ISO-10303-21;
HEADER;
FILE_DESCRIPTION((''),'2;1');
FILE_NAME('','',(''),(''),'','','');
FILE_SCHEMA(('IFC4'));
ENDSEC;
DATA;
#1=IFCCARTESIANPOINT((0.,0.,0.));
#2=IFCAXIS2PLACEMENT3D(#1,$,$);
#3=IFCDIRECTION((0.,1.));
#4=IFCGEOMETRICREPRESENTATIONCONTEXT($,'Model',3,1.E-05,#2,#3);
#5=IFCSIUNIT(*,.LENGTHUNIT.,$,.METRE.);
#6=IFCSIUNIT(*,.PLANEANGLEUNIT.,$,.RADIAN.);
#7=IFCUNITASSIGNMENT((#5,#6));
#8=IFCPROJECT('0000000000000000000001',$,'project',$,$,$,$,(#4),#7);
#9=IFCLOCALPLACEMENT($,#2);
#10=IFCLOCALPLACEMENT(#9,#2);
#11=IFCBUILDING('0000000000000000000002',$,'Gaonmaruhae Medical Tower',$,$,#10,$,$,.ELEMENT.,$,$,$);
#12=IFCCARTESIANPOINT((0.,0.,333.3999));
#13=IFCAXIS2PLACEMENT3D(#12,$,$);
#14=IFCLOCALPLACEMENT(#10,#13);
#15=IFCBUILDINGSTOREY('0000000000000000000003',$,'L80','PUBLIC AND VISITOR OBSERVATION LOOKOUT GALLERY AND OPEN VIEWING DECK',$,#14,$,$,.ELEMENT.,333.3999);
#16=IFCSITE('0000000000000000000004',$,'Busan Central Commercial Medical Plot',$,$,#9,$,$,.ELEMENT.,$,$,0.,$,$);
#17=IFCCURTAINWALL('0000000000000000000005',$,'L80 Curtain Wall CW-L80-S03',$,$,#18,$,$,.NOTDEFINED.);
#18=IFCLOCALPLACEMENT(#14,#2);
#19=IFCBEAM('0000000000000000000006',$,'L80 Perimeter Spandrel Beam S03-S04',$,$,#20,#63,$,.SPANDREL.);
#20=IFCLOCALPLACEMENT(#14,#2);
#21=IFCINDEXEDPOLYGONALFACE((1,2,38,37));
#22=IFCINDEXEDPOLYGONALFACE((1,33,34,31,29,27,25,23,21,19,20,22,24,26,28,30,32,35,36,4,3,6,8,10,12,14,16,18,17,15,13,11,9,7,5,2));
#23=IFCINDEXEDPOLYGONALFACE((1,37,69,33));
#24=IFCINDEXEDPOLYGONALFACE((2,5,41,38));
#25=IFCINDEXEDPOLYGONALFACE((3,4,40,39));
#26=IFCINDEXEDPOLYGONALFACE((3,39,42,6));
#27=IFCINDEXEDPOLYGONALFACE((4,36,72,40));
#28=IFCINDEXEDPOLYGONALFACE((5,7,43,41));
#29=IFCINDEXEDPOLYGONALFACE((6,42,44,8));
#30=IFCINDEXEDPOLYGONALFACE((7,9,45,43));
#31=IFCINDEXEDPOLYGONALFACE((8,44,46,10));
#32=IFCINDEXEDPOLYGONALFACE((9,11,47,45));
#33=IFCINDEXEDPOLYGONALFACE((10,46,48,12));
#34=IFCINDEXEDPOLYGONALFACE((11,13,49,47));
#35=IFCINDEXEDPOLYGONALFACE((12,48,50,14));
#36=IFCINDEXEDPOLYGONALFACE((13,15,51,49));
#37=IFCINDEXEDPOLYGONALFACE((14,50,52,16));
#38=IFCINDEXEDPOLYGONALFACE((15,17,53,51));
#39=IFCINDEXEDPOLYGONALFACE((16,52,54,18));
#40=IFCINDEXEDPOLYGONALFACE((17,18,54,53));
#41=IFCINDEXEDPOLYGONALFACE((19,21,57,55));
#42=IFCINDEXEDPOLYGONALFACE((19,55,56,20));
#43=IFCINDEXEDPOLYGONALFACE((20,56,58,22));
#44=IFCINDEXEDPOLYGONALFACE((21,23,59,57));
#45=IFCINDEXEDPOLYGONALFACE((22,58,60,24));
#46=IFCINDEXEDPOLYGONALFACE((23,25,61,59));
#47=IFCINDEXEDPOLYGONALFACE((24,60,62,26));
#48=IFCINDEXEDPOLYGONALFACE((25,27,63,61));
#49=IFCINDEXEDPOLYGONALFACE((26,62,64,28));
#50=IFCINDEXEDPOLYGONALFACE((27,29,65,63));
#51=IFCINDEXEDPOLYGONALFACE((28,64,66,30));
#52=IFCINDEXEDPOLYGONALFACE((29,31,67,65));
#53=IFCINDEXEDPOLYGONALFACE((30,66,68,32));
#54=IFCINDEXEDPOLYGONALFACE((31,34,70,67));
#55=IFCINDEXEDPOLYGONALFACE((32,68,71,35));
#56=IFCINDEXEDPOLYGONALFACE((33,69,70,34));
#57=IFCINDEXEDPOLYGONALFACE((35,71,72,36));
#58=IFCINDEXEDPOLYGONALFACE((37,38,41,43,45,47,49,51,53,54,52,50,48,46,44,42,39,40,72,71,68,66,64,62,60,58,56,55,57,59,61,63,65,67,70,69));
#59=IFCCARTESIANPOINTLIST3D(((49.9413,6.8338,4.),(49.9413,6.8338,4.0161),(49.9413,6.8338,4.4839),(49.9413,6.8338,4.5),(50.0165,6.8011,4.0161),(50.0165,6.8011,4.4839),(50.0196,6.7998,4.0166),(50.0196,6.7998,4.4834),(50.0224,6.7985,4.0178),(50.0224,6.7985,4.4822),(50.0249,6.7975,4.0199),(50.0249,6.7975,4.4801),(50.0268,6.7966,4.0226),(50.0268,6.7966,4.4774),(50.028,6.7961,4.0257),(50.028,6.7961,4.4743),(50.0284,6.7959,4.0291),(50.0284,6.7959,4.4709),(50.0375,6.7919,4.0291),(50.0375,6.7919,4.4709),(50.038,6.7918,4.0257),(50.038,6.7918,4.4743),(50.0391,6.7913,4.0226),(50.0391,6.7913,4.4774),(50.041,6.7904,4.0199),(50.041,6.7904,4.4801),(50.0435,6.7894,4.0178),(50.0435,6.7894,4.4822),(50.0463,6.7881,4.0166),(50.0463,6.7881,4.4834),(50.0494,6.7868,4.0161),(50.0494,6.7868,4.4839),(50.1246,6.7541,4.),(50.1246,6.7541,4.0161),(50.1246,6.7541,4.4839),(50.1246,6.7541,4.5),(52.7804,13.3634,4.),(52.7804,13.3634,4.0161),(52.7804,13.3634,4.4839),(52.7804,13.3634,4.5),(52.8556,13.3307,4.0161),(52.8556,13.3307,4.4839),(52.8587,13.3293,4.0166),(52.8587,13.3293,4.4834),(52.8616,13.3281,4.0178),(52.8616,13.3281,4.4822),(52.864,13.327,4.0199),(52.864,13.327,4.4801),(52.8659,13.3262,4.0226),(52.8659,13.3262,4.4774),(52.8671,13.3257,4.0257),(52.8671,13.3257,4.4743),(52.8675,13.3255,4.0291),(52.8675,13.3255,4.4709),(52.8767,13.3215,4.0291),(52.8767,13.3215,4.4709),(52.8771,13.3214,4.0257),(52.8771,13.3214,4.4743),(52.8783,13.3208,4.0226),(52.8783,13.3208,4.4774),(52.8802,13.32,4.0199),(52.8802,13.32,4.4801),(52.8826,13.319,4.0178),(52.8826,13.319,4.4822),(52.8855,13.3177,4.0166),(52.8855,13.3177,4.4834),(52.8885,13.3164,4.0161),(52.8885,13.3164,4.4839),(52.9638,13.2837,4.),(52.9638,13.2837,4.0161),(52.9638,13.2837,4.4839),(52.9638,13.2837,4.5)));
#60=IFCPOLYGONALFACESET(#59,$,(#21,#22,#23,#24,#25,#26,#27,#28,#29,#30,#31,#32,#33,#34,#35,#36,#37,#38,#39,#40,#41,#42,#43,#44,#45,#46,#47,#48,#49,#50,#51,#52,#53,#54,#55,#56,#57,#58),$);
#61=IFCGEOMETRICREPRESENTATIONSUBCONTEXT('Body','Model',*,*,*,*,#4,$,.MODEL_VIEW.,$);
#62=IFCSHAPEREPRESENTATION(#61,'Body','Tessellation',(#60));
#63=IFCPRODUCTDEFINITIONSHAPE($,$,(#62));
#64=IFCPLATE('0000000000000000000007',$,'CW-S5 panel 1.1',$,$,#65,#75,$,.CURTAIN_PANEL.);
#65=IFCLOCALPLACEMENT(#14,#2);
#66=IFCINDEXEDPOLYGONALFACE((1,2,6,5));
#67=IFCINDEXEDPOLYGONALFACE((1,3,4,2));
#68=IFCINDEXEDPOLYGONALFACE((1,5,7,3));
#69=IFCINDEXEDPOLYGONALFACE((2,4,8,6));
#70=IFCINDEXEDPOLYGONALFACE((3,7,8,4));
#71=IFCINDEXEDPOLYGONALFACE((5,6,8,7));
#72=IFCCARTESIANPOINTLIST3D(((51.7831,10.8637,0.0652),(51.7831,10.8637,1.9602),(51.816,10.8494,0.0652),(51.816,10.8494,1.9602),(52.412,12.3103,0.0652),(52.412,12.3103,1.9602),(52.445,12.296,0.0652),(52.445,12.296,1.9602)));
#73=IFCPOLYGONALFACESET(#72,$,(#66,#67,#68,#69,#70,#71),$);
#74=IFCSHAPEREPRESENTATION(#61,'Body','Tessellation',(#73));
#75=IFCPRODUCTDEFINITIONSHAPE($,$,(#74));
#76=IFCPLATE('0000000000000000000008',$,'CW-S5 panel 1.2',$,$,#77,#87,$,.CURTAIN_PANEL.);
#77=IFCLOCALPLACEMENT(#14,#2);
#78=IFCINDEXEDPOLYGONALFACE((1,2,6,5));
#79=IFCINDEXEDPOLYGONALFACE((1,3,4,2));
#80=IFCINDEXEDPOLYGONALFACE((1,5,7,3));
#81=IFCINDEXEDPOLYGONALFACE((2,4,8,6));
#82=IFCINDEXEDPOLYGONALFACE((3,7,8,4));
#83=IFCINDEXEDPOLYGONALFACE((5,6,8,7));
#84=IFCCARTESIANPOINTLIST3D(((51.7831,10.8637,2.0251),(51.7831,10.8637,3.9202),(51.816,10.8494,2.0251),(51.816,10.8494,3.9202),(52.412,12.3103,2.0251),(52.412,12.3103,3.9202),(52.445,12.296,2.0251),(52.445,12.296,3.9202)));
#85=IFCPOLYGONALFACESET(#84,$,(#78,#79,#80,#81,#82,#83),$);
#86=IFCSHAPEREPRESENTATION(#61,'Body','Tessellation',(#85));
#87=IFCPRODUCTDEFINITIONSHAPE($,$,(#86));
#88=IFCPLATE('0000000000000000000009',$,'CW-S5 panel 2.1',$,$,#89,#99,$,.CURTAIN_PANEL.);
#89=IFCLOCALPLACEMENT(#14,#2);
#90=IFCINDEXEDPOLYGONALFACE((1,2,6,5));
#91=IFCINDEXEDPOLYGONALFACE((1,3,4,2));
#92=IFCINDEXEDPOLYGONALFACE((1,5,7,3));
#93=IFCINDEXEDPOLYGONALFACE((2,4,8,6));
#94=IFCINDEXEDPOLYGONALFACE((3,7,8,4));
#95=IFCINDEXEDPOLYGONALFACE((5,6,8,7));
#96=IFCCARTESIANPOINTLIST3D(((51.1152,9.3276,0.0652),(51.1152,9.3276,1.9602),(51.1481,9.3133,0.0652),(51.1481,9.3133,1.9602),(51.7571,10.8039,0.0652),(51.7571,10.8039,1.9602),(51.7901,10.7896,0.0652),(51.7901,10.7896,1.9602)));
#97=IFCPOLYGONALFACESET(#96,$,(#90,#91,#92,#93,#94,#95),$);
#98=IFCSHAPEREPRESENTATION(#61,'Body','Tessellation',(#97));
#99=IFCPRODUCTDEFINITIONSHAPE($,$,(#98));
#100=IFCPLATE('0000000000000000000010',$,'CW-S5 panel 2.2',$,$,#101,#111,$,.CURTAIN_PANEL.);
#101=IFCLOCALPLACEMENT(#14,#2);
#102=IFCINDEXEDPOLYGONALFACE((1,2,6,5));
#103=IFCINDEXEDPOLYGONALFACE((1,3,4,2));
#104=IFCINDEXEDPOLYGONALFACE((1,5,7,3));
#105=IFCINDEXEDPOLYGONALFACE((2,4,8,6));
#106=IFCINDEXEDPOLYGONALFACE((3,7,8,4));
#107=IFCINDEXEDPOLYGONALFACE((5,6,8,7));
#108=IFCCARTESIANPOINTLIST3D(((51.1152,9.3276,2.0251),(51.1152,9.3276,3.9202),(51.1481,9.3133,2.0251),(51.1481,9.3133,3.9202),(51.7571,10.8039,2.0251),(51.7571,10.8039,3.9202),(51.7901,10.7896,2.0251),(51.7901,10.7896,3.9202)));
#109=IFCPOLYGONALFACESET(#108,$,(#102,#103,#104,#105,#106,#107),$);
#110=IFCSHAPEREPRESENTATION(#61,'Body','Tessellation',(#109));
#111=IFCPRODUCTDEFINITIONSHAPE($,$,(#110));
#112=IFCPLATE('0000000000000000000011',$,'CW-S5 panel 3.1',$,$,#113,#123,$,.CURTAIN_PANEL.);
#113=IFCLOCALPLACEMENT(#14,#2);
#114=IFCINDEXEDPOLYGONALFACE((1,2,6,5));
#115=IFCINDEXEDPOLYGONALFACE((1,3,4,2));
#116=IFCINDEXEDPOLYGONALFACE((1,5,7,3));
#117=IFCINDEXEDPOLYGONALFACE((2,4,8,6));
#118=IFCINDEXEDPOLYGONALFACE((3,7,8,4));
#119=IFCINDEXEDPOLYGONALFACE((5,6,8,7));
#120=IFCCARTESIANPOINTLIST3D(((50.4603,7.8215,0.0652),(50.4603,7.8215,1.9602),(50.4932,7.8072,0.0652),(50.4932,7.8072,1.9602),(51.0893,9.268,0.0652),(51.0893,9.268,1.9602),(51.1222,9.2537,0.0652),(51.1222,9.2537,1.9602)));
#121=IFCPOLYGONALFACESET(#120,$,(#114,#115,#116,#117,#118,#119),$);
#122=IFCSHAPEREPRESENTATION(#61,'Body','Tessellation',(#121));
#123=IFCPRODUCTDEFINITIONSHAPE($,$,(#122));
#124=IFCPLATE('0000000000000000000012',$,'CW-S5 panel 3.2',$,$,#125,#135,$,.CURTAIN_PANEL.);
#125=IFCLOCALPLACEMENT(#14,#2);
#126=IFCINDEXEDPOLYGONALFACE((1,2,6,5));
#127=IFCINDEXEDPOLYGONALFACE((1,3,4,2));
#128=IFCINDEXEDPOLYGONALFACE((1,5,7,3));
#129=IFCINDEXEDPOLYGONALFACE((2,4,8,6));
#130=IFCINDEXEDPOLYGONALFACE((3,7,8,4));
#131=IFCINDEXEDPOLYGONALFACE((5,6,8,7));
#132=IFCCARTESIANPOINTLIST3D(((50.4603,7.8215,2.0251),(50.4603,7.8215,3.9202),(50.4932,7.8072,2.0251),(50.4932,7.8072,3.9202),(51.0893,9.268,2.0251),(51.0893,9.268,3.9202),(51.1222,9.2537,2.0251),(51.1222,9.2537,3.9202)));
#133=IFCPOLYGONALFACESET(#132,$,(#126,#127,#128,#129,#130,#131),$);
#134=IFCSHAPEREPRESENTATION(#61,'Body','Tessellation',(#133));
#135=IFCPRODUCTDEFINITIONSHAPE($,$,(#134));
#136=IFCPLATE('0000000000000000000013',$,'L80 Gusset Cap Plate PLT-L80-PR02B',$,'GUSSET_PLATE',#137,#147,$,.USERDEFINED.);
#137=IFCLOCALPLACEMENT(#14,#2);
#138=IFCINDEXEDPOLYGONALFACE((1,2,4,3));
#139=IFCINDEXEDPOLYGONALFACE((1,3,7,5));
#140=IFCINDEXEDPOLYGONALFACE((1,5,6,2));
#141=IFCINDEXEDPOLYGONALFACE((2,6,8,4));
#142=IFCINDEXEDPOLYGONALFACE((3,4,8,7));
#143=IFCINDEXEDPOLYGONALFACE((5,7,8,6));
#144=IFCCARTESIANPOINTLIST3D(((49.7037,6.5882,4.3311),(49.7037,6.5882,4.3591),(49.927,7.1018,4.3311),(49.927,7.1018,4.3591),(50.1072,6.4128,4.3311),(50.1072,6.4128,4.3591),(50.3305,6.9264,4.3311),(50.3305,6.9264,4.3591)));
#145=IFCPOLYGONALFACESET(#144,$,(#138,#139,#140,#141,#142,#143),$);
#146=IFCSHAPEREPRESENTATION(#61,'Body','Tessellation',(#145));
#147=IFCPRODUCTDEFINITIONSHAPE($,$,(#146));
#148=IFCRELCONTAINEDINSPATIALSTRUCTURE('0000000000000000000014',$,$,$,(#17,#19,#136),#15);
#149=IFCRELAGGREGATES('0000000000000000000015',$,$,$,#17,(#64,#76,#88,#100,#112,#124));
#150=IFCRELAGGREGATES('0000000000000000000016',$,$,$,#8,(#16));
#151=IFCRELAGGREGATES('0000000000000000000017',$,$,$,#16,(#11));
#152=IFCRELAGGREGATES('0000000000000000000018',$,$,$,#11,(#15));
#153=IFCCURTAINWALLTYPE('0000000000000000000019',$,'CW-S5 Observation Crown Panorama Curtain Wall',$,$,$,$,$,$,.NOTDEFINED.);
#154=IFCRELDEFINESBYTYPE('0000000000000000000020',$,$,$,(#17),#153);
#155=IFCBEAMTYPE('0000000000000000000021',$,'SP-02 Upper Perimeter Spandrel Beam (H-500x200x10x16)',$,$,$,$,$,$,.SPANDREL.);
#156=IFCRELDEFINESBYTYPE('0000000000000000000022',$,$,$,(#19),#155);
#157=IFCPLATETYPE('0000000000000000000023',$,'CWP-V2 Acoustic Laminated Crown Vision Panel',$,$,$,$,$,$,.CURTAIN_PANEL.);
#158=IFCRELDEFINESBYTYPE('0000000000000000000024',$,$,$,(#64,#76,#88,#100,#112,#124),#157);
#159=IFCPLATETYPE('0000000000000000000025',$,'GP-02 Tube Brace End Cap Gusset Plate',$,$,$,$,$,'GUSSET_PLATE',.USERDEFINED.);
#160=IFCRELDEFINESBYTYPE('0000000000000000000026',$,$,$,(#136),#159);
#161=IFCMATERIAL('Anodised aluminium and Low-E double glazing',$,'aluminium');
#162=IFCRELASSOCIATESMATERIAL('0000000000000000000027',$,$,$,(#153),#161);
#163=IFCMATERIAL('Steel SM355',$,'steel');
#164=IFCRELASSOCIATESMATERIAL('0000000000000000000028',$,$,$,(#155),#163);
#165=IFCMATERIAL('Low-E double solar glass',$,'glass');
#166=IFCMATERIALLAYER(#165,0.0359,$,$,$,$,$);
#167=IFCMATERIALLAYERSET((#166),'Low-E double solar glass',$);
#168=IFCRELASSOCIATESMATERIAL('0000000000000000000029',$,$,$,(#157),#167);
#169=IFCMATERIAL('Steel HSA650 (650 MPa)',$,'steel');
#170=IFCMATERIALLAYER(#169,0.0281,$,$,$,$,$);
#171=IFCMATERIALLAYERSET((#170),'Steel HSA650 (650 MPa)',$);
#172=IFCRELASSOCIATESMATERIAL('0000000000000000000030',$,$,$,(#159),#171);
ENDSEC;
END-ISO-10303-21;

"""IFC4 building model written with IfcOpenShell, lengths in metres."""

from ifc_helpers import new_model, si_unit, direction, frame, origin, origin_2d, place, context, subcontext, project, spatial, rectangle, i_section, extrude, material, layer, layer_set, material_profile, profile_set, type_object, element, aggregate, save


model = new_model("IFC4")

# Units and contexts
model_context = context("Model", 3, precision=1e-05, world=origin(), true_north=direction((0.0, 1.0)))
body_context = subcontext(model_context, "Body", "Model", "MODEL_VIEW")
ifc_project = project(units=[si_unit("LENGTHUNIT", "METRE"), si_unit("PLANEANGLEUNIT", "RADIAN")], contexts=[model_context])

# Site, building, storey
site_placement = place(None, origin())
site = spatial("IfcSite", under=ifc_project, at=site_placement, Name="Busan Central Commercial Medical Plot", CompositionType="ELEMENT", RefElevation=0.0)
building_placement = place(site_placement, origin())
building = spatial("IfcBuilding", under=site, at=building_placement, Name="Gaonmaruhae Medical Tower", CompositionType="ELEMENT")
storey_placement = place(building_placement, frame((0.0, 0.0, 333.3999)))
storey = spatial("IfcBuildingStorey", under=building, at=storey_placement, Name="L80", Description="PUBLIC AND VISITOR OBSERVATION LOOKOUT GALLERY AND OPEN VIEWING DECK", CompositionType="ELEMENT", Elevation=333.3999)

# Curtain wall
ifc_material_1 = material(Name="Anodised aluminium and Low-E double glazing", Category="aluminium")
curtain_wall_type = type_object("IfcCurtainWallType", Name="CW-S5 Observation Crown Panorama Curtain Wall", PredefinedType="NOTDEFINED", material=ifc_material_1)
curtain_wall_placement = place(storey_placement, origin())
curtain_wall = element("IfcCurtainWall", 1, at=curtain_wall_placement, inside=storey, type_object=curtain_wall_type, Name="L80 Curtain Wall CW-L80-S03", PredefinedType="NOTDEFINED")

# Shared definitions
ifc_material_2 = material(Name="Steel SM355", Category="steel")

# Beam
ifc_material_profile_1 = material_profile(ifc_material_2, i_section(OverallWidth=0.2, OverallDepth=0.5, WebThickness=0.01, FlangeThickness=0.0161, FilletRadius=0.0129, at=origin_2d()), Name="H-500x200x10x16")
ifc_profile_set_1 = profile_set([ifc_material_profile_1], Name="Steel SM355")
beam_type = type_object("IfcBeamType", Name="SP-02 Upper Perimeter Spandrel Beam (H-500x200x10x16)", PredefinedType="SPANDREL", material=ifc_profile_set_1)
beam_placement = place(storey_placement, frame((50.033, 6.7939, 4.25), z_axis=(0.398747, 0.917061, 0.0), x_axis=(-0.917061, 0.398747, 0.0)))
element("IfcBeam", 2, at=beam_placement, inside=storey, type_object=beam_type, Name="L80 Perimeter Spandrel Beam S03-S04", PredefinedType="SPANDREL", context=body_context, shape_type="SweptSolid", body=[
    extrude(i_section(OverallWidth=0.2, OverallDepth=0.5, WebThickness=0.01, FlangeThickness=0.0161, FilletRadius=0.0129, at=origin_2d()), origin(), (0.0, 0.0, 1.0), 7.1201),
])

# Plates
ifc_material_3 = material(Name="Low-E double solar glass", Category="glass")
ifc_layer_1 = layer(ifc_material_3, 0.0359)
ifc_layer_set_1 = layer_set([ifc_layer_1], Name="Low-E double solar glass")
plate_type_1 = type_object("IfcPlateType", Name="CWP-V2 Acoustic Laminated Crown Vision Panel", PredefinedType="CURTAIN_PANEL", material=ifc_layer_set_1)
plate_1_placement = place(storey_placement, frame((52.114, 11.5798, 0.0652), z_axis=(0.0, 0.0, 1.0), x_axis=(-0.398739, -0.917064, 0.0)))
plate_1 = element("IfcPlate", 3, at=plate_1_placement, type_object=plate_type_1, Name="CW-S5 panel 1.1", PredefinedType="CURTAIN_PANEL", context=body_context, shape_type="SweptSolid", body=[
    extrude(rectangle(XDim=1.5774, YDim=0.0359, at=origin_2d()), origin(), (0.0, 0.0, 1.0), 1.895),
])
plate_2_placement = place(storey_placement, frame((52.114, 11.5798, 2.0251), z_axis=(0.0, 0.0, 1.0), x_axis=(-0.398739, -0.917064, 0.0)))
plate_2 = element("IfcPlate", 4, at=plate_2_placement, type_object=plate_type_1, Name="CW-S5 panel 1.2", PredefinedType="CURTAIN_PANEL", context=body_context, shape_type="SweptSolid", body=[
    extrude(rectangle(XDim=1.5774, YDim=0.0359, at=origin_2d()), origin(), (0.0, 0.0, 1.0), 1.895),
])
plate_3_placement = place(storey_placement, frame((51.4526, 10.0586, 0.0652), z_axis=(0.0, 0.0, 1.0), x_axis=(-0.398739, -0.917064, 0.0)))
plate_3 = element("IfcPlate", 5, at=plate_3_placement, type_object=plate_type_1, Name="CW-S5 panel 2.1", PredefinedType="CURTAIN_PANEL", context=body_context, shape_type="SweptSolid", body=[
    extrude(rectangle(XDim=1.6099, YDim=0.0359, at=origin_2d()), origin(), (0.0, 0.0, 1.0), 1.895),
])
plate_4_placement = place(storey_placement, frame((51.4526, 10.0586, 2.0251), z_axis=(0.0, 0.0, 1.0), x_axis=(-0.398739, -0.917064, 0.0)))
plate_4 = element("IfcPlate", 6, at=plate_4_placement, type_object=plate_type_1, Name="CW-S5 panel 2.2", PredefinedType="CURTAIN_PANEL", context=body_context, shape_type="SweptSolid", body=[
    extrude(rectangle(XDim=1.6099, YDim=0.0359, at=origin_2d()), origin(), (0.0, 0.0, 1.0), 1.895),
])
plate_5_placement = place(storey_placement, frame((50.7913, 8.5376, 0.0652), z_axis=(0.0, 0.0, 1.0), x_axis=(-0.398739, -0.917064, 0.0)))
plate_5 = element("IfcPlate", 7, at=plate_5_placement, type_object=plate_type_1, Name="CW-S5 panel 3.1", PredefinedType="CURTAIN_PANEL", context=body_context, shape_type="SweptSolid", body=[
    extrude(rectangle(XDim=1.5774, YDim=0.0359, at=origin_2d()), origin(), (0.0, 0.0, 1.0), 1.895),
])
plate_6_placement = place(storey_placement, frame((50.7913, 8.5376, 2.0251), z_axis=(0.0, 0.0, 1.0), x_axis=(-0.398739, -0.917064, 0.0)))
plate_6 = element("IfcPlate", 8, at=plate_6_placement, type_object=plate_type_1, Name="CW-S5 panel 3.2", PredefinedType="CURTAIN_PANEL", context=body_context, shape_type="SweptSolid", body=[
    extrude(rectangle(XDim=1.5774, YDim=0.0359, at=origin_2d()), origin(), (0.0, 0.0, 1.0), 1.895),
])
aggregate(curtain_wall, [plate_1, plate_2, plate_3, plate_4, plate_5, plate_6])
ifc_material_4 = material(Name="Steel HSA650 (650 MPa)", Category="steel")
ifc_layer_2 = layer(ifc_material_4, 0.0281)
ifc_layer_set_2 = layer_set([ifc_layer_2], Name="Steel HSA650 (650 MPa)")
plate_type_2 = type_object("IfcPlateType", Name="GP-02 Tube Brace End Cap Gusset Plate", ElementType="GUSSET_PLATE", PredefinedType="USERDEFINED", material=ifc_layer_set_2)
plate_7_placement = place(storey_placement, frame((50.0171, 6.7573, 4.3311), z_axis=(0.0, 0.0, 1.0), x_axis=(0.398749, 0.91706, 0.0)))
element("IfcPlate", 9, at=plate_7_placement, inside=storey, type_object=plate_type_2, Name="L80 Gusset Cap Plate PLT-L80-PR02B", ObjectType="GUSSET_PLATE", PredefinedType="USERDEFINED", context=body_context, shape_type="SweptSolid", body=[
    extrude(rectangle(XDim=0.5601, YDim=0.4399, at=origin_2d()), origin(), (0.0, 0.0, 1.0), 0.0281),
])

save(model, "model.ifc")
